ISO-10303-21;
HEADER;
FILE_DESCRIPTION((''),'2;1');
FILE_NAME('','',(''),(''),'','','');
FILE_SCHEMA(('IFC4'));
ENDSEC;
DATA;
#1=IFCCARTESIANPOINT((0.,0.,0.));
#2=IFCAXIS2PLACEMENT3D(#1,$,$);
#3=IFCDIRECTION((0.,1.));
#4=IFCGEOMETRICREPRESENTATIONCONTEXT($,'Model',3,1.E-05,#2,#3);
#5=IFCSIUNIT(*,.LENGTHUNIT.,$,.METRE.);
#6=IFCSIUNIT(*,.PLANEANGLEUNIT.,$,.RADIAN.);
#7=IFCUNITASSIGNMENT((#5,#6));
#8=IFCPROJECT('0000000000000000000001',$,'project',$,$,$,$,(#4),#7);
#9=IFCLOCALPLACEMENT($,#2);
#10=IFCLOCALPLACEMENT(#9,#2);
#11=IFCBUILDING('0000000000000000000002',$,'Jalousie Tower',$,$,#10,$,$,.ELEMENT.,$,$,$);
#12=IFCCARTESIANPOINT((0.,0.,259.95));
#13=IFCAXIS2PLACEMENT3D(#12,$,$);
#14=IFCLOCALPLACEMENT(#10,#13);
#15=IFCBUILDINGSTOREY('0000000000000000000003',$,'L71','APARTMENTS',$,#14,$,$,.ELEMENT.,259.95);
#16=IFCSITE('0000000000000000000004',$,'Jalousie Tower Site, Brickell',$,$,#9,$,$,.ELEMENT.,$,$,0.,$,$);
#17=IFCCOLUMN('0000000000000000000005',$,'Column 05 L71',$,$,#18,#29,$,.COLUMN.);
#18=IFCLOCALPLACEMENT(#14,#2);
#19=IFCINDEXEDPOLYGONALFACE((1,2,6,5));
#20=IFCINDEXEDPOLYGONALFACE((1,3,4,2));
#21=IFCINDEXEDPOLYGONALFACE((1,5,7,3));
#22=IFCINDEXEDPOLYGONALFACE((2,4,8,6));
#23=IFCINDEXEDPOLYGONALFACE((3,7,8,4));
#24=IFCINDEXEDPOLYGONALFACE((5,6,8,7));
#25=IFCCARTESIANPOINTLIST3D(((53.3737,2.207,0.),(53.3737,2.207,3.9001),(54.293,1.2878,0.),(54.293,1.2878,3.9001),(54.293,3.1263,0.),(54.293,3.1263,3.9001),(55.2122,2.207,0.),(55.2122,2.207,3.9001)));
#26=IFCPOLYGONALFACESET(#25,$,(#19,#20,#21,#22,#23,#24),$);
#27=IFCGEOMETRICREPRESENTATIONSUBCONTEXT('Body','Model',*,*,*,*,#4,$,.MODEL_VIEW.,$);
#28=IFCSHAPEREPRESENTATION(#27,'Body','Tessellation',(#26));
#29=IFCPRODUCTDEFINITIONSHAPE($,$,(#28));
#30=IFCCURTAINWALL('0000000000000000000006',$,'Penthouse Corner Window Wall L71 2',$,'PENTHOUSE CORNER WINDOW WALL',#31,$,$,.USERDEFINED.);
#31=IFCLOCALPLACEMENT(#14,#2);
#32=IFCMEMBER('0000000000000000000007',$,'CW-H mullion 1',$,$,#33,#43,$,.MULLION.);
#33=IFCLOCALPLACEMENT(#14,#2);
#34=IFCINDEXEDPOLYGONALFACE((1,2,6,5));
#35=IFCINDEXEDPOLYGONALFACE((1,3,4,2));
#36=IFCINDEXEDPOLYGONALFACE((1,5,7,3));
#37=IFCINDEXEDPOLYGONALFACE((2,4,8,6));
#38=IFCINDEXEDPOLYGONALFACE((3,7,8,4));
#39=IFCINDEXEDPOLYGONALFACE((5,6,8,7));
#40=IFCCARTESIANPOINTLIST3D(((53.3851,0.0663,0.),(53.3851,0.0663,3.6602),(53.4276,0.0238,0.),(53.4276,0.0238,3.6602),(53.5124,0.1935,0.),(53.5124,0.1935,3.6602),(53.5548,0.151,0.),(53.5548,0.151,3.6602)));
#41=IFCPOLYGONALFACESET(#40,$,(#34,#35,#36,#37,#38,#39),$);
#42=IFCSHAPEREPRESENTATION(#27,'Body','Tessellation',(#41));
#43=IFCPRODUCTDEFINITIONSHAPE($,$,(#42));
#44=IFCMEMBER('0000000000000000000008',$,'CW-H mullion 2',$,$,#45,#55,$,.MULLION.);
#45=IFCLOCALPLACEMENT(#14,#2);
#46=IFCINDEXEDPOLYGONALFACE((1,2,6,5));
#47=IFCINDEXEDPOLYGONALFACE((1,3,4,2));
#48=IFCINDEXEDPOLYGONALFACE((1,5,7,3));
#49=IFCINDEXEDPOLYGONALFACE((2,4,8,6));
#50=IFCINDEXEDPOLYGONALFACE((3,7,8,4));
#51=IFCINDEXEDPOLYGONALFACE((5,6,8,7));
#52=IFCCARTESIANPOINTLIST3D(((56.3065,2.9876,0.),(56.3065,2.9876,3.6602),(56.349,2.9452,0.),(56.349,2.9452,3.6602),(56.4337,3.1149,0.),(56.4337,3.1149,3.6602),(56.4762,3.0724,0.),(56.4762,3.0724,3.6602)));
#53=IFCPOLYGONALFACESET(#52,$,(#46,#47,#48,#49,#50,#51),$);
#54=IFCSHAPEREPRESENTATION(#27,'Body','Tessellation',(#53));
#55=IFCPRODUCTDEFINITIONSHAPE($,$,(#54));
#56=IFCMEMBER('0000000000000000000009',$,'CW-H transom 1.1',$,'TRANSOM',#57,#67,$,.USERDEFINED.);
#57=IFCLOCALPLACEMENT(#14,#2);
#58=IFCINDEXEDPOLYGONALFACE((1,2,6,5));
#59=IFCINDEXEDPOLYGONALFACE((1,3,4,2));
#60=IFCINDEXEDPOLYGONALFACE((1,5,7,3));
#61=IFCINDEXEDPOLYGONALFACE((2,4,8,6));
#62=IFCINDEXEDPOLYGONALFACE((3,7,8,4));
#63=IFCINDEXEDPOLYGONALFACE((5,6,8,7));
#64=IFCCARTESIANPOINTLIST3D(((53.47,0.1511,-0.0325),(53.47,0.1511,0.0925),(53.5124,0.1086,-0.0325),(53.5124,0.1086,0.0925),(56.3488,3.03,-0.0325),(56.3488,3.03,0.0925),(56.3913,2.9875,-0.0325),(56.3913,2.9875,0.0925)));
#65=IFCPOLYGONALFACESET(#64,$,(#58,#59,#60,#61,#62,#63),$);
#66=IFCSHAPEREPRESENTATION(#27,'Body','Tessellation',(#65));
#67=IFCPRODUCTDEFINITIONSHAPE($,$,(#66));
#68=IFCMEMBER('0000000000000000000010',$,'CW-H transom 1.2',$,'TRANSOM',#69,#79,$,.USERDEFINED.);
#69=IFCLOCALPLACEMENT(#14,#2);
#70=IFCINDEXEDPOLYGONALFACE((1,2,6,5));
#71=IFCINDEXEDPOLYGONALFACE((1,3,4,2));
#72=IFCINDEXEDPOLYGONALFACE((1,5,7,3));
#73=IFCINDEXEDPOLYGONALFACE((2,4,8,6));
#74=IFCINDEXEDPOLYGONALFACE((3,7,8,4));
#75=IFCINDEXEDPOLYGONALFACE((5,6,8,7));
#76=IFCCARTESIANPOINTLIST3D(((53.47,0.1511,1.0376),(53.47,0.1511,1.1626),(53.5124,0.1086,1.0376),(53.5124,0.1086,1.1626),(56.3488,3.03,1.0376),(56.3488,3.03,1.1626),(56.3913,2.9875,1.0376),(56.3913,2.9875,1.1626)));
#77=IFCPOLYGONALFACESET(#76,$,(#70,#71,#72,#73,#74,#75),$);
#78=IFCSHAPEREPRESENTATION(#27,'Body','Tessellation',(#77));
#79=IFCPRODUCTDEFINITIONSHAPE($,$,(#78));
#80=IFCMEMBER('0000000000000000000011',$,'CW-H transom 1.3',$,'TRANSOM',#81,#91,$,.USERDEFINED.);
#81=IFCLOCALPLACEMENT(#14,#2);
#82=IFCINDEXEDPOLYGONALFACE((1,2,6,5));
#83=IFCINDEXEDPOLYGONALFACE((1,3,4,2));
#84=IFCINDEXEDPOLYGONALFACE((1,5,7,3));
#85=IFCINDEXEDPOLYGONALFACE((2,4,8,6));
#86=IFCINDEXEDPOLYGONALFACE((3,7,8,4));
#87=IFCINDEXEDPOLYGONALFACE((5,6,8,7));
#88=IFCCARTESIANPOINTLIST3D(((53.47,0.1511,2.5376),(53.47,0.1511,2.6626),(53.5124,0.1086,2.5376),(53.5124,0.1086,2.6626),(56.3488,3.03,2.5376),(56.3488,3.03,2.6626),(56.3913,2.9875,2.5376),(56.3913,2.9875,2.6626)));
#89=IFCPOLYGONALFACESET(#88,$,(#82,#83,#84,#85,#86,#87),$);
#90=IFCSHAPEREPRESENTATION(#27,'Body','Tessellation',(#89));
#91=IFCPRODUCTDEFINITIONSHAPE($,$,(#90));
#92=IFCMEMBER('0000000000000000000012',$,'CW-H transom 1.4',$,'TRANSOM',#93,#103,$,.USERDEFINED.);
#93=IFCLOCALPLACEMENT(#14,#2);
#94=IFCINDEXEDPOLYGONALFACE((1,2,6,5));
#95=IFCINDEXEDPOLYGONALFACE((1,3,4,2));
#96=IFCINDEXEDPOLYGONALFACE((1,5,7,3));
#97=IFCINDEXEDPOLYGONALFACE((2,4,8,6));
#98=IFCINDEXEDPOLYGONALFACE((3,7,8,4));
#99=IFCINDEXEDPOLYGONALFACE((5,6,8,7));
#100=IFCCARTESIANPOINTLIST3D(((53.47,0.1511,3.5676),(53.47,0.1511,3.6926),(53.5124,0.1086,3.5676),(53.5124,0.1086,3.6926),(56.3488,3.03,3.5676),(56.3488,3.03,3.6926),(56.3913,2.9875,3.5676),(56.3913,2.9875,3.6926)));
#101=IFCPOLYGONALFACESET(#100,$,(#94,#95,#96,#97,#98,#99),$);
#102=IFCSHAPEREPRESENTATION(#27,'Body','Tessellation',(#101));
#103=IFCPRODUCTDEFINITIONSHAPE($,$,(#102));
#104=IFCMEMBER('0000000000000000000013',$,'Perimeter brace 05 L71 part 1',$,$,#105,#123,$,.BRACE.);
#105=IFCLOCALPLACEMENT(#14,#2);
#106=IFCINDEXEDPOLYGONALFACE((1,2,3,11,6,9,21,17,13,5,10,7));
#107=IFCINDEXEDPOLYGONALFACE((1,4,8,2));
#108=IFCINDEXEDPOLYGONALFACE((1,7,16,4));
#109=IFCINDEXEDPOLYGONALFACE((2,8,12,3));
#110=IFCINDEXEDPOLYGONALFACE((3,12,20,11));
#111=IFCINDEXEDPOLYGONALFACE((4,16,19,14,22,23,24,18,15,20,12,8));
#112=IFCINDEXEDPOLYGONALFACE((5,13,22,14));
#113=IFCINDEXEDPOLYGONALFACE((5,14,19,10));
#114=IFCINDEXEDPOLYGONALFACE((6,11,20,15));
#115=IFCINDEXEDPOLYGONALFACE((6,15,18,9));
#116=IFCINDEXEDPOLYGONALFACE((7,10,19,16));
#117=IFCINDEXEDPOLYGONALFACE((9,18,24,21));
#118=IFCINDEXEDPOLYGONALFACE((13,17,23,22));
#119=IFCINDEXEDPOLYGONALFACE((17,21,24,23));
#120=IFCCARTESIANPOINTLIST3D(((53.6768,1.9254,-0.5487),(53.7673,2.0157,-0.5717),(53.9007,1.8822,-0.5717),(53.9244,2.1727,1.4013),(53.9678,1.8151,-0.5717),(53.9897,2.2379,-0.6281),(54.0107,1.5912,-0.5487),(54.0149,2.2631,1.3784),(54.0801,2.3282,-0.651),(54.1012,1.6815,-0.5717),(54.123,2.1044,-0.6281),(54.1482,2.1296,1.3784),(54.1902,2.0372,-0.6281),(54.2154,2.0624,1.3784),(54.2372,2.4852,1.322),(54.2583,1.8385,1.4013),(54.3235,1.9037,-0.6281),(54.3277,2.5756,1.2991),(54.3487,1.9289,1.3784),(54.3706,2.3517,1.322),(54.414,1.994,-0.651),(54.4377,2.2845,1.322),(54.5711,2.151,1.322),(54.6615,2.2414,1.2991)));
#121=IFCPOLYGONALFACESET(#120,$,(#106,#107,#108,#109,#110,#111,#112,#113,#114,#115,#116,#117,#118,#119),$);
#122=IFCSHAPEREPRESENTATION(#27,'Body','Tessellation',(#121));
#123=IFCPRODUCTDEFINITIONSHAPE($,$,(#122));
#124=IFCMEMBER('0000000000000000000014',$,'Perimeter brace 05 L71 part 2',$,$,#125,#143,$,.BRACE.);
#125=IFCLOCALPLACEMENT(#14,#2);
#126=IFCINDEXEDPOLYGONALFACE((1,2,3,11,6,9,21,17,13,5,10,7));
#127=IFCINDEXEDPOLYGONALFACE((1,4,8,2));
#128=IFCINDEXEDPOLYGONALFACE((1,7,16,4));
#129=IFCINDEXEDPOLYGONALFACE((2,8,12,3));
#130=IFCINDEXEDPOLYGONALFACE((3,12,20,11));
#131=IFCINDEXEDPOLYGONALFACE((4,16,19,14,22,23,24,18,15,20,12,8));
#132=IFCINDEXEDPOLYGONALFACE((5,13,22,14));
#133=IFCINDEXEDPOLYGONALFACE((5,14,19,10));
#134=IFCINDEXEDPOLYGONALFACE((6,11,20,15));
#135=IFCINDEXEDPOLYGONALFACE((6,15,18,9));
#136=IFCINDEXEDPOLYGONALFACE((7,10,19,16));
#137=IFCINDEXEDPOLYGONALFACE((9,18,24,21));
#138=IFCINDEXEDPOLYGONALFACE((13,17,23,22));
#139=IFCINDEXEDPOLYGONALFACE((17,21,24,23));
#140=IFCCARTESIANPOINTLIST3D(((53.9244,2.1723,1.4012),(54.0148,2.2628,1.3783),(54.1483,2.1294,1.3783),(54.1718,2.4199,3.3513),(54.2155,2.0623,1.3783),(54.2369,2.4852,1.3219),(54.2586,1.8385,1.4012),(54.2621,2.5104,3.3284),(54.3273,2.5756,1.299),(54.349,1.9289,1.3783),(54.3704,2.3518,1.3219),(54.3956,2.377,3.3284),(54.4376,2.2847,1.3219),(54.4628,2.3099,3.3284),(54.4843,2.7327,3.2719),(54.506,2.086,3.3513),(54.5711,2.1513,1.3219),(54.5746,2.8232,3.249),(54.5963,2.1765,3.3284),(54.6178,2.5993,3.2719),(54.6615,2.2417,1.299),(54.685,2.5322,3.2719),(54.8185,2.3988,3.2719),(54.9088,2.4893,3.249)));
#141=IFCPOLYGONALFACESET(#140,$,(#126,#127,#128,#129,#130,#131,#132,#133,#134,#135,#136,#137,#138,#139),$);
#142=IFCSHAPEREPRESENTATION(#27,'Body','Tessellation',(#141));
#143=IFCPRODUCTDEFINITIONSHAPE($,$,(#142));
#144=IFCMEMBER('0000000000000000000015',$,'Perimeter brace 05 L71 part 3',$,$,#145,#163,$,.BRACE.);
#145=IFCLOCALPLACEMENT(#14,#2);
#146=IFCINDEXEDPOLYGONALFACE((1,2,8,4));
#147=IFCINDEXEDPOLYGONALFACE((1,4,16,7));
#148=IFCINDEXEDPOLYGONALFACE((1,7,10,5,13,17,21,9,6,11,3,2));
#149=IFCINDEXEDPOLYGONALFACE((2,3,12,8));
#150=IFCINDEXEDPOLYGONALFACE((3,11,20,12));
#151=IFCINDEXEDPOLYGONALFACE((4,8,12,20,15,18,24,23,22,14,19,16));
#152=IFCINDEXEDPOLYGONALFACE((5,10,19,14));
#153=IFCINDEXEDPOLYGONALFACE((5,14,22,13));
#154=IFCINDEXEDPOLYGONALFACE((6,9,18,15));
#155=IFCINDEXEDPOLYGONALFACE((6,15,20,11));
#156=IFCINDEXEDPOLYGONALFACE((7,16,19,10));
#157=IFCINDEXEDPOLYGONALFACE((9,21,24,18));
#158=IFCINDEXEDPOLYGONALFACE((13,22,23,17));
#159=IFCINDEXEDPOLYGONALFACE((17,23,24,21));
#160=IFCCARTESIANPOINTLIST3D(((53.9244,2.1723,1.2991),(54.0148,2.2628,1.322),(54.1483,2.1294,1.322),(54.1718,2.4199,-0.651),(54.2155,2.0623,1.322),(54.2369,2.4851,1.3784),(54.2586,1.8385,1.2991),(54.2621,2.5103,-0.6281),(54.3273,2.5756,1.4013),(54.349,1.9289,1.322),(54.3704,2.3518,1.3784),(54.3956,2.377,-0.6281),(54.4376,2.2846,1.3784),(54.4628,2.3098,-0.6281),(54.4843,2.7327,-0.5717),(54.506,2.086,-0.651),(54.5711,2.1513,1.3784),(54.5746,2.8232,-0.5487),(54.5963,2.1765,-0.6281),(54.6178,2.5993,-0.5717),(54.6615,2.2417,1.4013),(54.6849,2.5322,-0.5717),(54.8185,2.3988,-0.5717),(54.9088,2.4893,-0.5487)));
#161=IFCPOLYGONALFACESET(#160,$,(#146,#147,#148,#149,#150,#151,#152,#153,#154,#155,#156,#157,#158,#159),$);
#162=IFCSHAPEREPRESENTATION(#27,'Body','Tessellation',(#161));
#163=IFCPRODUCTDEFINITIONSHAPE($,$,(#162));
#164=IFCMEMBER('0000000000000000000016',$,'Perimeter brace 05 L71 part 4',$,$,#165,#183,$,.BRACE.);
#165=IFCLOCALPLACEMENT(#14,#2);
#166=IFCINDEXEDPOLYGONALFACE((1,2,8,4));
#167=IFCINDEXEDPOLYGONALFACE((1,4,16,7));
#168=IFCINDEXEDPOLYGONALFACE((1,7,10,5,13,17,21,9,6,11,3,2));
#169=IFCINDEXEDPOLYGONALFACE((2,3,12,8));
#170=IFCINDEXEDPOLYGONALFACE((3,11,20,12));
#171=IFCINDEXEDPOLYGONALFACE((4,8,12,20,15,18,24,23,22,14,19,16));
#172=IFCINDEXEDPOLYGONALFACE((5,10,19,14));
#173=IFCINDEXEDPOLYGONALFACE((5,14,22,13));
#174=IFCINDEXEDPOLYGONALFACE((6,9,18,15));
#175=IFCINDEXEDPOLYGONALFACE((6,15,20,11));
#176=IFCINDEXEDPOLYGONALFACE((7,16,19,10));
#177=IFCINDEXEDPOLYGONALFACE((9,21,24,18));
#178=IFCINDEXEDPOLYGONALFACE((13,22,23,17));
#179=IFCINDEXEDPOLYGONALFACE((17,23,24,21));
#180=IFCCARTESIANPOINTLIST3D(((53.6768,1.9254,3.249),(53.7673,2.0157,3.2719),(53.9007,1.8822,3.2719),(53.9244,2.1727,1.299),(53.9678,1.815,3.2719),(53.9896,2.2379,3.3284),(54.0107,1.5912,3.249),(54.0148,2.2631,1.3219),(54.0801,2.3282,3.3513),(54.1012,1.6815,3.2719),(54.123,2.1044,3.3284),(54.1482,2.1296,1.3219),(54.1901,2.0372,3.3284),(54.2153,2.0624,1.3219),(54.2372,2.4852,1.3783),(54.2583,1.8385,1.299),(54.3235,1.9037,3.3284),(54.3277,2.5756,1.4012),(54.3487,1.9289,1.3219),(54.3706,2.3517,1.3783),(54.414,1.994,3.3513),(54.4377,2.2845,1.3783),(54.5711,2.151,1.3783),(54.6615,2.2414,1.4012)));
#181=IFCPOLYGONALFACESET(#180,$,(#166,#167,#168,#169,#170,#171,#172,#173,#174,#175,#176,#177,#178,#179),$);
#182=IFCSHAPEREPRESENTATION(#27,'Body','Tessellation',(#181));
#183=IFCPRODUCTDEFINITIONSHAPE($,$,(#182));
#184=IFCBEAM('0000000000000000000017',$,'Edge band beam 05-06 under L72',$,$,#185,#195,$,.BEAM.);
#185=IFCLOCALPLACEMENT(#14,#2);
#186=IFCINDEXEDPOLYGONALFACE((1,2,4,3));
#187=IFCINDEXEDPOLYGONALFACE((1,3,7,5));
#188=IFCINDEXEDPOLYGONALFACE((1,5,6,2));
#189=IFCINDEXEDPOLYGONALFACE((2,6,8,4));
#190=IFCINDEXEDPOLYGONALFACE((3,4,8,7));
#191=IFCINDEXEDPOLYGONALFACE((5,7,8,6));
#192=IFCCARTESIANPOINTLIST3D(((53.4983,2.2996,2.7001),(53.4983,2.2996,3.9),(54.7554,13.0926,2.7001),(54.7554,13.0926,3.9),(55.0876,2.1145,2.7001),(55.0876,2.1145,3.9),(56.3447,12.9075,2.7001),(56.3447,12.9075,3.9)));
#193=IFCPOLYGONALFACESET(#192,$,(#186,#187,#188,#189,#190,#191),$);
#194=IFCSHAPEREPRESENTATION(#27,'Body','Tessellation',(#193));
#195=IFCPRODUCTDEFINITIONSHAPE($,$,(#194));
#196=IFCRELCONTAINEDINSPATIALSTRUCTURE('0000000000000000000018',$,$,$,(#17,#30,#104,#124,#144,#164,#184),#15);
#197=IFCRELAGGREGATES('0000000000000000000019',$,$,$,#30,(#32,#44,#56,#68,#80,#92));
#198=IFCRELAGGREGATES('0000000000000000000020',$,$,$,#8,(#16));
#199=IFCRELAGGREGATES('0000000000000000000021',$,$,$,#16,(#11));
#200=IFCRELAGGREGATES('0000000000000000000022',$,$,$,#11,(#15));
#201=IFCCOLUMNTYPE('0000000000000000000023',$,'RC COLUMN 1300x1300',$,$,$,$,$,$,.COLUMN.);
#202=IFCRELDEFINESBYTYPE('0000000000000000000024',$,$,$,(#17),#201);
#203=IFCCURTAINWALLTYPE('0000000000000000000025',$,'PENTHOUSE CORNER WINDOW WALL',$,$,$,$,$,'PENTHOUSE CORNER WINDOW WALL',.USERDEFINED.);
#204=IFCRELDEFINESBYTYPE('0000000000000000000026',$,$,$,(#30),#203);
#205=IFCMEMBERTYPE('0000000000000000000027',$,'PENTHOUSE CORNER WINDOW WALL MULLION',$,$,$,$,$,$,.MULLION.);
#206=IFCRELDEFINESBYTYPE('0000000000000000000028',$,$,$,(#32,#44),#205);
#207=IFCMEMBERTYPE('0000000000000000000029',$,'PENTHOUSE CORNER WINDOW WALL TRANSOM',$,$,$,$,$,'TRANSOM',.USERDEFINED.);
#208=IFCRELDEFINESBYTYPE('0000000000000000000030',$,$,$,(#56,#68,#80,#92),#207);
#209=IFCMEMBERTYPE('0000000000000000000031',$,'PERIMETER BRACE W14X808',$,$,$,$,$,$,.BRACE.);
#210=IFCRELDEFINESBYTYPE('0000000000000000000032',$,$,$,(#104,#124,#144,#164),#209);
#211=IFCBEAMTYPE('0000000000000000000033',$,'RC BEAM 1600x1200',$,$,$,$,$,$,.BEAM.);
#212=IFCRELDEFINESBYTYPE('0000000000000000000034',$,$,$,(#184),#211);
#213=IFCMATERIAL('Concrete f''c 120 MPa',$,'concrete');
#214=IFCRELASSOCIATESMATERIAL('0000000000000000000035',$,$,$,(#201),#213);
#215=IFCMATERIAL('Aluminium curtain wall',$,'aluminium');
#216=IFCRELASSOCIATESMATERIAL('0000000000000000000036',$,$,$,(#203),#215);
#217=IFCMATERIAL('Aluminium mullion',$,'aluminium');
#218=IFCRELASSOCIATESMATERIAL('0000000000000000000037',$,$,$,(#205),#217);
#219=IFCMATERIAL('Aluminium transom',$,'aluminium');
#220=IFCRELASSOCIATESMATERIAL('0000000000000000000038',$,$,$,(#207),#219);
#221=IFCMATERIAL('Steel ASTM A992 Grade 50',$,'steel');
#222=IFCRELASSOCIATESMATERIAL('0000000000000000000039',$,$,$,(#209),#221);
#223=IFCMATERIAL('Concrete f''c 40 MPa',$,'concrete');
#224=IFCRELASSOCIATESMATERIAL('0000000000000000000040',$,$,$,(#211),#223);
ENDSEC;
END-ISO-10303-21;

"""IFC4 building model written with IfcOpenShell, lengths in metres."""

from ifc_helpers import new_model, si_unit, direction, frame, origin, origin_2d, place, context, subcontext, project, spatial, rectangle, i_section, extrude, material, material_profile, profile_set, type_object, element, aggregate, save


model = new_model("IFC4")

# Units and contexts
model_context = context("Model", 3, precision=1e-05, world=origin(), true_north=direction((0.0, 1.0)))
body_context = subcontext(model_context, "Body", "Model", "MODEL_VIEW")
ifc_project = project(units=[si_unit("LENGTHUNIT", "METRE"), si_unit("PLANEANGLEUNIT", "RADIAN")], contexts=[model_context])

# Site, building, storey
site_placement = place(None, origin())
site = spatial("IfcSite", under=ifc_project, at=site_placement, Name="Jalousie Tower Site, Brickell", CompositionType="ELEMENT", RefElevation=0.0)
building_placement = place(site_placement, origin())
building = spatial("IfcBuilding", under=site, at=building_placement, Name="Jalousie Tower", CompositionType="ELEMENT")
storey_placement = place(building_placement, frame((0.0, 0.0, 259.95)))
storey = spatial("IfcBuildingStorey", under=building, at=storey_placement, Name="L71", Description="APARTMENTS", CompositionType="ELEMENT", Elevation=259.95)

# Column
ifc_material_1 = material(Name="Concrete f'c 120 MPa", Category="concrete")
ifc_material_profile_1 = material_profile(ifc_material_1, rectangle(XDim=1.3, YDim=1.3, at=origin_2d()), Name="RC 1300x1300")
ifc_profile_set_1 = profile_set([ifc_material_profile_1], Name="Concrete f'c 120 MPa")
column_type = type_object("IfcColumnType", Name="RC COLUMN 1300x1300", PredefinedType="COLUMN", material=ifc_profile_set_1)
column_placement = place(storey_placement, frame((54.293, 2.207, 0.0), z_axis=(0.0, 0.0, 1.0), x_axis=(0.707107, 0.707107, 0.0)))
element("IfcColumn", 1, at=column_placement, inside=storey, type_object=column_type, Name="Column 05 L71", PredefinedType="COLUMN", context=body_context, shape_type="SweptSolid", body=[
    extrude(rectangle(XDim=1.3, YDim=1.3, at=origin_2d()), origin(), (0.0, 0.0, 1.0), 3.9001),
])

# Curtain wall, members
ifc_material_2 = material(Name="Aluminium curtain wall", Category="aluminium")
curtain_wall_type_1 = type_object("IfcCurtainWallType", Name="PENTHOUSE CORNER WINDOW WALL", ElementType="PENTHOUSE CORNER WINDOW WALL", PredefinedType="USERDEFINED", material=ifc_material_2)
curtain_wall_1_placement = place(storey_placement, origin())
curtain_wall_1 = element("IfcCurtainWall", 2, at=curtain_wall_1_placement, inside=storey, type_object=curtain_wall_type_1, Name="Penthouse Corner Window Wall L71 2", ObjectType="PENTHOUSE CORNER WINDOW WALL", PredefinedType="USERDEFINED")
ifc_material_3 = material(Name="Aluminium mullion", Category="aluminium")
ifc_material_profile_2 = material_profile(ifc_material_3, rectangle(XDim=0.0601, YDim=0.1799, at=origin_2d()), Name="MULLION 60x180")
ifc_profile_set_2 = profile_set([ifc_material_profile_2], Name="Aluminium mullion")
member_type_1 = type_object("IfcMemberType", Name="PENTHOUSE CORNER WINDOW WALL MULLION", PredefinedType="MULLION", material=ifc_profile_set_2)
member_1_placement = place(storey_placement, frame((53.47, 0.1086, 0.0), z_axis=(0.0, 0.0, 1.0), x_axis=(-0.707107, 0.707107, 0.0)))
member_1 = element("IfcMember", 3, at=member_1_placement, type_object=member_type_1, Name="CW-H mullion 1", PredefinedType="MULLION", context=body_context, shape_type="SweptSolid", body=[
    extrude(rectangle(XDim=0.0601, YDim=0.1799, at=origin_2d()), origin(), (0.0, 0.0, 1.0), 3.6602),
])
member_2_placement = place(storey_placement, frame((56.3914, 3.03, 0.0), z_axis=(0.0, 0.0, 1.0), x_axis=(-0.707107, 0.707107, 0.0)))
member_2 = element("IfcMember", 4, at=member_2_placement, type_object=member_type_1, Name="CW-H mullion 2", PredefinedType="MULLION", context=body_context, shape_type="SweptSolid", body=[
    extrude(rectangle(XDim=0.0601, YDim=0.1799, at=origin_2d()), origin(), (0.0, 0.0, 1.0), 3.6602),
])
ifc_material_4 = material(Name="Aluminium transom", Category="aluminium")
ifc_material_profile_3 = material_profile(ifc_material_4, rectangle(XDim=0.0601, YDim=0.125, at=origin_2d()), Name="TRANSOM 60x125")
ifc_profile_set_3 = profile_set([ifc_material_profile_3], Name="Aluminium transom")
member_type_2 = type_object("IfcMemberType", Name="PENTHOUSE CORNER WINDOW WALL TRANSOM", ElementType="TRANSOM", PredefinedType="USERDEFINED", material=ifc_profile_set_3)
member_3_placement = place(storey_placement, frame((53.4912, 0.1299, 0.03), z_axis=(0.707107, 0.707107, 0.0), x_axis=(-0.707107, 0.707107, 0.0)))
member_3 = element("IfcMember", 5, at=member_3_placement, type_object=member_type_2, Name="CW-H transom 1.1", ObjectType="TRANSOM", PredefinedType="USERDEFINED", context=body_context, shape_type="SweptSolid", body=[
    extrude(rectangle(XDim=0.0601, YDim=0.125, at=origin_2d()), origin(), (0.0, 0.0, 1.0), 4.0713),
])
member_4_placement = place(storey_placement, frame((53.4912, 0.1299, 1.1001), z_axis=(0.707107, 0.707107, 0.0), x_axis=(-0.707107, 0.707107, 0.0)))
member_4 = element("IfcMember", 6, at=member_4_placement, type_object=member_type_2, Name="CW-H transom 1.2", ObjectType="TRANSOM", PredefinedType="USERDEFINED", context=body_context, shape_type="SweptSolid", body=[
    extrude(rectangle(XDim=0.0601, YDim=0.125, at=origin_2d()), origin(), (0.0, 0.0, 1.0), 4.0713),
])
member_5_placement = place(storey_placement, frame((53.4912, 0.1299, 2.6001), z_axis=(0.707107, 0.707107, 0.0), x_axis=(-0.707107, 0.707107, 0.0)))
member_5 = element("IfcMember", 7, at=member_5_placement, type_object=member_type_2, Name="CW-H transom 1.3", ObjectType="TRANSOM", PredefinedType="USERDEFINED", context=body_context, shape_type="SweptSolid", body=[
    extrude(rectangle(XDim=0.0601, YDim=0.125, at=origin_2d()), origin(), (0.0, 0.0, 1.0), 4.0713),
])
member_6_placement = place(storey_placement, frame((53.4912, 0.1299, 3.6301), z_axis=(0.707107, 0.707107, 0.0), x_axis=(-0.707107, 0.707107, 0.0)))
member_6 = element("IfcMember", 8, at=member_6_placement, type_object=member_type_2, Name="CW-H transom 1.4", ObjectType="TRANSOM", PredefinedType="USERDEFINED", context=body_context, shape_type="SweptSolid", body=[
    extrude(rectangle(XDim=0.0601, YDim=0.125, at=origin_2d()), origin(), (0.0, 0.0, 1.0), 4.0713),
])

# Members
ifc_material_5 = material(Name="Steel ASTM A992 Grade 50", Category="steel")
ifc_material_profile_4 = material_profile(ifc_material_5, i_section(OverallWidth=0.4724, OverallDepth=0.5791, WebThickness=0.095, FlangeThickness=0.1299, at=origin_2d()), Name="W14X808")
ifc_profile_set_4 = profile_set([ifc_material_profile_4], Name="Steel ASTM A992 Grade 50")
member_type_3 = type_object("IfcMemberType", Name="PERIMETER BRACE W14X808", PredefinedType="BRACE", material=ifc_profile_set_4)
for number, where, z_axis, x_axis, name in (
    (9, (54.0454, 1.9597, -0.5999), (0.12496, 0.124837, 0.984277), (-0.706758, 0.707456, 0.0), "Perimeter brace 05 L71 part 1"),
    (10, (54.293, 2.207, 1.3501), (0.124837, 0.12496, 0.984277), (-0.707456, 0.706758, 0.0), "Perimeter brace 05 L71 part 2"),
    (11, (54.5403, 2.4546, -0.5999), (-0.124837, -0.12496, 0.984277), (0.707456, -0.706758, 0.0), "Perimeter brace 05 L71 part 3"),
    (12, (54.293, 2.207, 1.3501), (-0.12496, -0.124837, 0.984277), (0.706758, -0.707456, 0.0), "Perimeter brace 05 L71 part 4"),
):
    element("IfcMember", number, at=place(storey_placement, frame(where, z_axis=z_axis, x_axis=x_axis)), inside=storey, type_object=member_type_3, Name=name, PredefinedType="BRACE", context=body_context, shape_type="SweptSolid", body=[
        extrude(i_section(OverallWidth=0.4724, OverallDepth=0.5791, WebThickness=0.095, FlangeThickness=0.1299, at=origin_2d()), origin(), (0.0, 0.0, 1.0), 1.9812),
    ])

# Beam
ifc_material_6 = material(Name="Concrete f'c 40 MPa", Category="concrete")
ifc_material_profile_5 = material_profile(ifc_material_6, rectangle(XDim=1.6001, YDim=1.2, at=origin_2d()), Name="RC 1600x1200")
ifc_profile_set_5 = profile_set([ifc_material_profile_5], Name="Concrete f'c 40 MPa")
beam_type = type_object("IfcBeamType", Name="RC BEAM 1600x1200", PredefinedType="BEAM", material=ifc_profile_set_5)
beam_placement = place(storey_placement, frame((54.293, 2.207, 3.3), z_axis=(0.11569, 0.993285, 0.0), x_axis=(-0.993285, 0.11569, 0.0)))
element("IfcBeam", 13, at=beam_placement, inside=storey, type_object=beam_type, Name="Edge band beam 05-06 under L72", PredefinedType="BEAM", context=body_context, shape_type="SweptSolid", body=[
    extrude(rectangle(XDim=1.6001, YDim=1.2, at=origin_2d()), origin(), (0.0, 0.0, 1.0), 10.866),
])

aggregate(curtain_wall_1, [member_1, member_2, member_3, member_4, member_5, member_6])

save(model, "model.ifc")
